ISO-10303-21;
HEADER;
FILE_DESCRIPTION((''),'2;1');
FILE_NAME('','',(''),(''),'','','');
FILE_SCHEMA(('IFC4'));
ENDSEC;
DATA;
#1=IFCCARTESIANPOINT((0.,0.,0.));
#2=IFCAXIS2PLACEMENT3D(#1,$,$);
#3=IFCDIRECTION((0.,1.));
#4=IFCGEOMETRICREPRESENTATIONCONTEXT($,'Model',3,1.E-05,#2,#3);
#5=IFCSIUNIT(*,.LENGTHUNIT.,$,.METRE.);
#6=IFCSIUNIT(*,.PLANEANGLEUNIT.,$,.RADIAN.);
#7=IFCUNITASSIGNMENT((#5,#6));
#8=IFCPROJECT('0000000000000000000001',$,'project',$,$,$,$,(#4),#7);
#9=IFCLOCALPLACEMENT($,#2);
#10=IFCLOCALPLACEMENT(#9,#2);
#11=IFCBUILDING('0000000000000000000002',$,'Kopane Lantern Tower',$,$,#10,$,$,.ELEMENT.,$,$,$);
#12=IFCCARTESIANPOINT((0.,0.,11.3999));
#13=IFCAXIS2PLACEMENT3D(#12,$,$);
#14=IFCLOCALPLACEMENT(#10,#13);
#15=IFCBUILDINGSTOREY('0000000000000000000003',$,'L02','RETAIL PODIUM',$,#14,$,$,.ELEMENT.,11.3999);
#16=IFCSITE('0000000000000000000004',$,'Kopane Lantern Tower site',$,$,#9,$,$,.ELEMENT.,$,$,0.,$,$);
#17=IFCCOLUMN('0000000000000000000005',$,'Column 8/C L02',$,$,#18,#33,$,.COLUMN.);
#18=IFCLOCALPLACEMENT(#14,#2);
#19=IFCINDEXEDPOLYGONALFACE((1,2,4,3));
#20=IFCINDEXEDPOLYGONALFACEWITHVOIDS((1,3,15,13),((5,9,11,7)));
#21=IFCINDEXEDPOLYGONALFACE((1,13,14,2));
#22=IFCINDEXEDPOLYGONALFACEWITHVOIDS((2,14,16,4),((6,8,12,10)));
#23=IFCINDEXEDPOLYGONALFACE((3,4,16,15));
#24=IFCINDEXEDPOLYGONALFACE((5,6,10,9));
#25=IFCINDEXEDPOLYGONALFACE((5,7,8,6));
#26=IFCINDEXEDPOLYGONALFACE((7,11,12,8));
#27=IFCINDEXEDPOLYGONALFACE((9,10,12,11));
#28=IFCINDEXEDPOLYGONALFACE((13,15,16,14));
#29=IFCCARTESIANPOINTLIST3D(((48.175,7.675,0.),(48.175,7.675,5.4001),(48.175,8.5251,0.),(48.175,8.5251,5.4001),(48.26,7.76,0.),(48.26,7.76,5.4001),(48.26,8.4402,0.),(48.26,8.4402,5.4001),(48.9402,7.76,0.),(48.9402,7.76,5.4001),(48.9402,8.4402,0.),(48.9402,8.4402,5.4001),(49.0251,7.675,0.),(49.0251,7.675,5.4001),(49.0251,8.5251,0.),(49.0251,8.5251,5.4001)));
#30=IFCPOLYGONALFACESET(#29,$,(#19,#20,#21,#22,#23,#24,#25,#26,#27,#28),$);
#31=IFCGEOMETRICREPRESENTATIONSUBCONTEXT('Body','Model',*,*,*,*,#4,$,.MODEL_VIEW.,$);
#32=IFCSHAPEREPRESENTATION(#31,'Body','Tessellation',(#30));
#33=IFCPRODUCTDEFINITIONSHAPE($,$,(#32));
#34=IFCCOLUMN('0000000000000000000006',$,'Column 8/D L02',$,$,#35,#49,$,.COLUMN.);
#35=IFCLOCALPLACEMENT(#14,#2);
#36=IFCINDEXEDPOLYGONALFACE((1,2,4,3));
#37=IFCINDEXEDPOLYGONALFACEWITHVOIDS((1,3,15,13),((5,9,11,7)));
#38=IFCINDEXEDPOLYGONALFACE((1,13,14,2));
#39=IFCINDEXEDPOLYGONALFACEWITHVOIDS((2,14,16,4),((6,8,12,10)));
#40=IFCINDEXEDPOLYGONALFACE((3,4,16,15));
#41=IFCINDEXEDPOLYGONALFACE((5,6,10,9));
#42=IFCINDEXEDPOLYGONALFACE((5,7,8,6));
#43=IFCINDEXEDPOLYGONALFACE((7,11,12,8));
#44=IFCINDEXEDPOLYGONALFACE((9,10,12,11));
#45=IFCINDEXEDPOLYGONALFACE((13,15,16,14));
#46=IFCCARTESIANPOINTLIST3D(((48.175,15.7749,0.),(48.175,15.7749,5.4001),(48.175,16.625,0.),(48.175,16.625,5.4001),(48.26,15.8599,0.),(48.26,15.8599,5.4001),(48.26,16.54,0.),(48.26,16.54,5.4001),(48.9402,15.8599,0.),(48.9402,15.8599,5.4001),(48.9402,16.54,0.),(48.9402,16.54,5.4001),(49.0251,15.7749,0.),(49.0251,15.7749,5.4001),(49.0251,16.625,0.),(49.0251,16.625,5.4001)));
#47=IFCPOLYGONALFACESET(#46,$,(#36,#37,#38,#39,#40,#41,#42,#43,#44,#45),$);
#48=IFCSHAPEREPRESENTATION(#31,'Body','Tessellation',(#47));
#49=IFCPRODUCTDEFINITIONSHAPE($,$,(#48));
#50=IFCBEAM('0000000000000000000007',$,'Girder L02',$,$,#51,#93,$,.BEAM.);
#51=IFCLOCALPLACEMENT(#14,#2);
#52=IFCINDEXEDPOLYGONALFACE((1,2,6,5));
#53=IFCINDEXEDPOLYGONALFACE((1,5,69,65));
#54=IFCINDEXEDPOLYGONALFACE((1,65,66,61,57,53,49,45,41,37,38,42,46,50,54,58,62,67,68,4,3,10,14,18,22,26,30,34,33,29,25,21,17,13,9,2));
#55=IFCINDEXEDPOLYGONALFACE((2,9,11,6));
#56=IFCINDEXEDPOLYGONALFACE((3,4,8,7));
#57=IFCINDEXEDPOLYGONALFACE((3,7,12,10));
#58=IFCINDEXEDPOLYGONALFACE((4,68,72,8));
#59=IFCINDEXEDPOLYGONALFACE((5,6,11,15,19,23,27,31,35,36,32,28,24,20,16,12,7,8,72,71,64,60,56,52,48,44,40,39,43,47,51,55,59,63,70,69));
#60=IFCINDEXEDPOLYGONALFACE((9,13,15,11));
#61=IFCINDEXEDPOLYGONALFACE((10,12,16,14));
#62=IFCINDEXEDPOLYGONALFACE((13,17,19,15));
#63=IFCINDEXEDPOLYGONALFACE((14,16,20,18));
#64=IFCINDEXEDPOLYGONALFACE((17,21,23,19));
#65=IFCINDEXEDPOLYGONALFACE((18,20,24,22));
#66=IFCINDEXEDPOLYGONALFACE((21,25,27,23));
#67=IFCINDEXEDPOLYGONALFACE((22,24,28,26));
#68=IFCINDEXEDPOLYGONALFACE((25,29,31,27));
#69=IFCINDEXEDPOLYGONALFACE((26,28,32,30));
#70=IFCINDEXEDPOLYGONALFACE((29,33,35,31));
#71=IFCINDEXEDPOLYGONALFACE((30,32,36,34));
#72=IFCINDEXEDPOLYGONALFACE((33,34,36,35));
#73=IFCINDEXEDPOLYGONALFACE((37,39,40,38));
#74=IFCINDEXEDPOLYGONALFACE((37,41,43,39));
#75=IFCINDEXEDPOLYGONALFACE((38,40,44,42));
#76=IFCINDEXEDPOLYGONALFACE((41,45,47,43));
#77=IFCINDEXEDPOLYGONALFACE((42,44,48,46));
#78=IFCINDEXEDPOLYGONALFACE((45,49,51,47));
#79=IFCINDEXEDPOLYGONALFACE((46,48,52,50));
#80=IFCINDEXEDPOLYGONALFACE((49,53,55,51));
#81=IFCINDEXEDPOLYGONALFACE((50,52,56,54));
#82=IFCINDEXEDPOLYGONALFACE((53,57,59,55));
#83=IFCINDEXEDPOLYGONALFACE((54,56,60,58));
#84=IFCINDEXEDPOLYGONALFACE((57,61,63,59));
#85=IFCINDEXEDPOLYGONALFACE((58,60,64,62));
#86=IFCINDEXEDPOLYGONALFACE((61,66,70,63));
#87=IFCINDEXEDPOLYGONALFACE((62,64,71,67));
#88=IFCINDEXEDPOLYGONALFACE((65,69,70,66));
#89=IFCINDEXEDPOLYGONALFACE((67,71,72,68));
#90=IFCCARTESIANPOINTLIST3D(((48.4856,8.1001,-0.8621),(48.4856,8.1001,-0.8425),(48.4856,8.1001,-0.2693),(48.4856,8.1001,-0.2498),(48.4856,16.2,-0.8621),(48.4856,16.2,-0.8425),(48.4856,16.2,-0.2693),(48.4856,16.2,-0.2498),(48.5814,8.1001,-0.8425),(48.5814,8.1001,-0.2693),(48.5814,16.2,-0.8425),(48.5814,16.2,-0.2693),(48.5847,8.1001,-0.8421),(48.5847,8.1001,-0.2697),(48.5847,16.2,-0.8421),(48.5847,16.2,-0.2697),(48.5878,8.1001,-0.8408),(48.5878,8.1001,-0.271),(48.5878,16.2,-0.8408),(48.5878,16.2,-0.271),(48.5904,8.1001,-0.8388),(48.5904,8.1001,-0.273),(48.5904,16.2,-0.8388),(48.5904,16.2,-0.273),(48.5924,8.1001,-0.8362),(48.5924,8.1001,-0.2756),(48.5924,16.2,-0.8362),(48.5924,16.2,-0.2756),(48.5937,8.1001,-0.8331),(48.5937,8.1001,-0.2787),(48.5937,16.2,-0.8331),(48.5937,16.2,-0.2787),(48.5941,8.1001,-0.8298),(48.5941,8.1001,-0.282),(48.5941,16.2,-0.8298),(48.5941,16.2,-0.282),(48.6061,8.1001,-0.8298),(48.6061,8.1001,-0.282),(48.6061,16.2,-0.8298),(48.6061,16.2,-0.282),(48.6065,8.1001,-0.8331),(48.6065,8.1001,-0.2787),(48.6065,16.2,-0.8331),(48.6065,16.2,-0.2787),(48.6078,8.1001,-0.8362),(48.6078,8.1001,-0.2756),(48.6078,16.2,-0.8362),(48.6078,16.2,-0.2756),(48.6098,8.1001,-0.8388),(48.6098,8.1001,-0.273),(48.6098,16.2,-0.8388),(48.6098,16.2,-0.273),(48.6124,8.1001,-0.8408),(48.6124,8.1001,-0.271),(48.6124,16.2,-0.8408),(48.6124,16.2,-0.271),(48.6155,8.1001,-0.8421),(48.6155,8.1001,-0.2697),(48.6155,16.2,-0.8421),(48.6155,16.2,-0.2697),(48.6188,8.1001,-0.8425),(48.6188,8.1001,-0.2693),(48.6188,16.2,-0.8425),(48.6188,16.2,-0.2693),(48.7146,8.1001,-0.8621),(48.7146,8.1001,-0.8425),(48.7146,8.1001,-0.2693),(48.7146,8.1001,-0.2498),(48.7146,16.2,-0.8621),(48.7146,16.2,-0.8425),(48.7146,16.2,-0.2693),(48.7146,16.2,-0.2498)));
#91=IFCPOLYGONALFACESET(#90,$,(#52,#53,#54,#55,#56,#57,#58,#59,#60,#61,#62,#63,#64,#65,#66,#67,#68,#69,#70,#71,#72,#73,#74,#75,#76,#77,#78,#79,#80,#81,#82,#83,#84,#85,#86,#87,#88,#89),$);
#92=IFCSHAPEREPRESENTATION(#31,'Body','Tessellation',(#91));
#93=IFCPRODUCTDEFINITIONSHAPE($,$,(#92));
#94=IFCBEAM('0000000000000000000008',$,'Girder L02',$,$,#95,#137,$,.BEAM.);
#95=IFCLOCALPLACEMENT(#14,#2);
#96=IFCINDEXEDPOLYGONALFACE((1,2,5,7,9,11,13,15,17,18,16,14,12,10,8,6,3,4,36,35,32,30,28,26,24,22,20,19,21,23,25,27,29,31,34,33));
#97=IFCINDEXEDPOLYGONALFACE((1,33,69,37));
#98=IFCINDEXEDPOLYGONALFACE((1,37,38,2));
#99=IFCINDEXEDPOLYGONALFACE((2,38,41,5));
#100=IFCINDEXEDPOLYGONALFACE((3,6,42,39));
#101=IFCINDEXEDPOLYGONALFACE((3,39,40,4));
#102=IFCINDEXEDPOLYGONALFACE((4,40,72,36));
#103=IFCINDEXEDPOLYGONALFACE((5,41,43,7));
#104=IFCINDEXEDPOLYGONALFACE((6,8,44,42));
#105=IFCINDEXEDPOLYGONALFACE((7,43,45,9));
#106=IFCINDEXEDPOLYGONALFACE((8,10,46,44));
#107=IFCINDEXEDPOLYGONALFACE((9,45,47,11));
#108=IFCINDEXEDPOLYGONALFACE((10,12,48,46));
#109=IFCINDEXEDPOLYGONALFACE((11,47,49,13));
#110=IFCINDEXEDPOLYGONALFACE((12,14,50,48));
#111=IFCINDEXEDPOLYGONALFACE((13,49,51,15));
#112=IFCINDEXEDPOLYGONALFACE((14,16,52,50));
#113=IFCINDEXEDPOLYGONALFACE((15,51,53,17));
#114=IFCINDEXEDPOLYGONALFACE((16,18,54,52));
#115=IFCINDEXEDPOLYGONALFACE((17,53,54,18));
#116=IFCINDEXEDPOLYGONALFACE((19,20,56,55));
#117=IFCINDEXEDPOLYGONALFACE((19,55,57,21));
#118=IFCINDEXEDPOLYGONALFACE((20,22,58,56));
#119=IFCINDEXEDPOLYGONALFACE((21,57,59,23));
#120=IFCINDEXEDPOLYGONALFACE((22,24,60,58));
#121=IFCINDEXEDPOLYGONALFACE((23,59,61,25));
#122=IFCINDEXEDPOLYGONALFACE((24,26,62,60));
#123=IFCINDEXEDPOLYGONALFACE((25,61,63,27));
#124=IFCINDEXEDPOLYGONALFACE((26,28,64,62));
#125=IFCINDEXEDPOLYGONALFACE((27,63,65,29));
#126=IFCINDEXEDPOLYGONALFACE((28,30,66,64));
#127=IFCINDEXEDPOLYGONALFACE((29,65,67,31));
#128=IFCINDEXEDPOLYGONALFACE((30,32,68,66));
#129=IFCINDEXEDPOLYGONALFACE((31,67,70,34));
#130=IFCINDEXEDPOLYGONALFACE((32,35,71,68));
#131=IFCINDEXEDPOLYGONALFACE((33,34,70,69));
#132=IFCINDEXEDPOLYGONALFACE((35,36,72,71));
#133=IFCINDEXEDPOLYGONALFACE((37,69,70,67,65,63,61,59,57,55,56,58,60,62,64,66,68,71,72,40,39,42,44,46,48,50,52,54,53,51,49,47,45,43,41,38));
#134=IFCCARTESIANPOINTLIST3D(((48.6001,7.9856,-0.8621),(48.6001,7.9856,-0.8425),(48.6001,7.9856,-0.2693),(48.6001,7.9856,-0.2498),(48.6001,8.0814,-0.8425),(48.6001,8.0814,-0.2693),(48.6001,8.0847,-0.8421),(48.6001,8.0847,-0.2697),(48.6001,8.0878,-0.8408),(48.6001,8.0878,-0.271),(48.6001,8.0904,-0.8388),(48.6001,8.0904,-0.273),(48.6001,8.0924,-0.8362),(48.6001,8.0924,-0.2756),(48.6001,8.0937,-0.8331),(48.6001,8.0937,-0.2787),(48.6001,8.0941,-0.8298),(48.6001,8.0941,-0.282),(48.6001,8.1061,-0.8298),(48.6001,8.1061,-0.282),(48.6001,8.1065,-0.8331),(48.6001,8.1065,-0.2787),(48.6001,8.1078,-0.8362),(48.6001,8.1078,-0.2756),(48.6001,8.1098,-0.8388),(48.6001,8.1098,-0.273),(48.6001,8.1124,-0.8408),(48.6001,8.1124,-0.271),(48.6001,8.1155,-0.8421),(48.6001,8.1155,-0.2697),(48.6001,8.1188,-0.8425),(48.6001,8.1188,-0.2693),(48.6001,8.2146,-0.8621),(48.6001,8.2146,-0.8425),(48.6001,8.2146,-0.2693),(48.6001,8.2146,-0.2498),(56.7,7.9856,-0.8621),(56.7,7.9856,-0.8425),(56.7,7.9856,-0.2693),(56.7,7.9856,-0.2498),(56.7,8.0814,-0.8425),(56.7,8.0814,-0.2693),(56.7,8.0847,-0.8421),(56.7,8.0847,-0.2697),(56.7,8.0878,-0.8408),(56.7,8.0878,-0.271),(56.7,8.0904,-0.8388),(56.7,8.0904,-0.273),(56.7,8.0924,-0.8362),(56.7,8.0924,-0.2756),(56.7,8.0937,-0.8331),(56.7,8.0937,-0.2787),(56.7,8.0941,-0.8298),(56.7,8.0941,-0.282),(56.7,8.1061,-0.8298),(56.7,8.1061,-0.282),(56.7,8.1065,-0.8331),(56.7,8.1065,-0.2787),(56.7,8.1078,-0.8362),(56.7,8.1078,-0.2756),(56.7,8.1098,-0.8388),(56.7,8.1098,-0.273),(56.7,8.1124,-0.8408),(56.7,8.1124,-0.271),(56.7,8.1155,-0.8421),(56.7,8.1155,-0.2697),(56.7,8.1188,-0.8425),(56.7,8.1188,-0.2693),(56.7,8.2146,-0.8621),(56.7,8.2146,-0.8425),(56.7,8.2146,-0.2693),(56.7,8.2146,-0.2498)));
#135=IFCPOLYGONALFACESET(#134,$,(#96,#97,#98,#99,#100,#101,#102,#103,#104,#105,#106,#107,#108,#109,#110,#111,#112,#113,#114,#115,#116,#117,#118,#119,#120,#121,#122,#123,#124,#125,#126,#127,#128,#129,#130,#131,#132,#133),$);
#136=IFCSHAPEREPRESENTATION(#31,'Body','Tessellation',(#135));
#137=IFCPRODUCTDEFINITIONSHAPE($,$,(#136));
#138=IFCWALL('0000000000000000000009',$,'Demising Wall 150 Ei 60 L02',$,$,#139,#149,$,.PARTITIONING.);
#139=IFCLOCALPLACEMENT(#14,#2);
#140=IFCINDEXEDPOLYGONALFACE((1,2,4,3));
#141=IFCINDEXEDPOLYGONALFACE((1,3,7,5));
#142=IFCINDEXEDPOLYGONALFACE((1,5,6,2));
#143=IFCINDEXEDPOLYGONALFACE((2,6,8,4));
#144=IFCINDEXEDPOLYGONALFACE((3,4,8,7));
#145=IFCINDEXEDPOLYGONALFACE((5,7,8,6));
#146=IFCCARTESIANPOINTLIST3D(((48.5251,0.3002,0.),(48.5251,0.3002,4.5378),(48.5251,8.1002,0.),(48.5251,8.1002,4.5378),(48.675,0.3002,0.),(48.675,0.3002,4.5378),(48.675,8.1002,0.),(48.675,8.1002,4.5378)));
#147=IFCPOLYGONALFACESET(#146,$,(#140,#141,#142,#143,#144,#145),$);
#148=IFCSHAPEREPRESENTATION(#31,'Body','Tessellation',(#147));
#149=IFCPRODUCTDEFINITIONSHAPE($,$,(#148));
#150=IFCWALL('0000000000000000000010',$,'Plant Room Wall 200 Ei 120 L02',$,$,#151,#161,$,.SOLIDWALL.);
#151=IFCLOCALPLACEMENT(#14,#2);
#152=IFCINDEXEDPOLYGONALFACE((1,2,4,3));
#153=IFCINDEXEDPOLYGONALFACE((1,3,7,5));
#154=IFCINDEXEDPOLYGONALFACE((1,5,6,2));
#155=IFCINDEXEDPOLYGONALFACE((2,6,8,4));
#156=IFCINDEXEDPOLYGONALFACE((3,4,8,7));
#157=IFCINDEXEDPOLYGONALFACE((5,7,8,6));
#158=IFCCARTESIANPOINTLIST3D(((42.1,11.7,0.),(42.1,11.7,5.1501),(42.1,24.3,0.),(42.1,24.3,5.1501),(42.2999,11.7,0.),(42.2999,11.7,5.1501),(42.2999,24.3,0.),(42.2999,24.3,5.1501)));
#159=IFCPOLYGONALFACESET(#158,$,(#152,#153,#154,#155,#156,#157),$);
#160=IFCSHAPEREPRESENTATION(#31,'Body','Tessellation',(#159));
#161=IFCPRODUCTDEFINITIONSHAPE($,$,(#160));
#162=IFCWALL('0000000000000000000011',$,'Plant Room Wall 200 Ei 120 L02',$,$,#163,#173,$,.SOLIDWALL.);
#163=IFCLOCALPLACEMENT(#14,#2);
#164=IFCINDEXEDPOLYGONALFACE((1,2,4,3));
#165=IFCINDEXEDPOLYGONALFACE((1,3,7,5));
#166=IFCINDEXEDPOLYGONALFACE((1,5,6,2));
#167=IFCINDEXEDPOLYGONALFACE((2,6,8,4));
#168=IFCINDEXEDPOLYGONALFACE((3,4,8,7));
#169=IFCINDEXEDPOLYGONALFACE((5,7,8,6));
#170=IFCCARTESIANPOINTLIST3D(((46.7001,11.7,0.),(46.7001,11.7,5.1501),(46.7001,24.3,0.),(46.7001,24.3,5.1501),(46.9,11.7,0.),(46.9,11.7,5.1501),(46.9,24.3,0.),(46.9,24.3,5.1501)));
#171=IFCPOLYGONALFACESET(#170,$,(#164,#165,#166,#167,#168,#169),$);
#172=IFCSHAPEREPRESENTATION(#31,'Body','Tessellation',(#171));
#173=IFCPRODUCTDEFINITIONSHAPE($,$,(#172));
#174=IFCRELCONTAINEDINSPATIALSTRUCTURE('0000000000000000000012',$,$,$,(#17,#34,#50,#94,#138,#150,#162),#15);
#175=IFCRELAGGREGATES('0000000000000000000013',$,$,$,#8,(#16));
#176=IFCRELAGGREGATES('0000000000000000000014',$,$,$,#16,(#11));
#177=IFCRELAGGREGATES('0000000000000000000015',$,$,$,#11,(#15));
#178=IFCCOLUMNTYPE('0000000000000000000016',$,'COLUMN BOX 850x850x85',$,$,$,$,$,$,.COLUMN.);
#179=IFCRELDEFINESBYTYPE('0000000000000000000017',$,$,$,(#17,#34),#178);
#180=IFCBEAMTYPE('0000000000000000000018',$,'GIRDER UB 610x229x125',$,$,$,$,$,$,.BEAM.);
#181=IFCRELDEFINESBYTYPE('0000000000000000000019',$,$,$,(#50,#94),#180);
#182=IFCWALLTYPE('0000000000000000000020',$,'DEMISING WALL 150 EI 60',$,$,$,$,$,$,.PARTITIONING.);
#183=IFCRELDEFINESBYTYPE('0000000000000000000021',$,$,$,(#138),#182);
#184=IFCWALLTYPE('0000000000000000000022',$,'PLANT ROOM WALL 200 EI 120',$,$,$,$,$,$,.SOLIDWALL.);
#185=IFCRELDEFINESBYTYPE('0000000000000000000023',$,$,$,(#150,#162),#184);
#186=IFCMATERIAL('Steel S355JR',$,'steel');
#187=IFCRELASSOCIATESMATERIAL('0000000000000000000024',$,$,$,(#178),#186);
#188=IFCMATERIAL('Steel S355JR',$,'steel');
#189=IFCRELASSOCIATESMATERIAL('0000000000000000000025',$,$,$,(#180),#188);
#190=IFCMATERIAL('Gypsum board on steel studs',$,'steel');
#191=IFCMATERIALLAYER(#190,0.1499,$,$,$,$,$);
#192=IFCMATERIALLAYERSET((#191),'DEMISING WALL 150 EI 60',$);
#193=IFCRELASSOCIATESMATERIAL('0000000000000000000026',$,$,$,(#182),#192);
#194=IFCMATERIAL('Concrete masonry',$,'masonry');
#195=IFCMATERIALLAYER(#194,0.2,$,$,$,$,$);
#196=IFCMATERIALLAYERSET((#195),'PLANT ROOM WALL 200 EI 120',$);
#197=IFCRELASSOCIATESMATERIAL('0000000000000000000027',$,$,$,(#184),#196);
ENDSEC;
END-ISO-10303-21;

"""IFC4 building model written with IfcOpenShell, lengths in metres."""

from ifc_helpers import new_model, si_unit, direction, frame, frame_2d, origin, origin_2d, place, context, subcontext, project, spatial, rectangle, hollow_rectangle, i_section, extrude, material, layer, layer_set, material_profile, profile_set, type_object, element, save


model = new_model("IFC4")

# Units and contexts
model_context = context("Model", 3, precision=1e-05, world=origin(), true_north=direction((0.0, 1.0)))
body_context = subcontext(model_context, "Body", "Model", "MODEL_VIEW")
ifc_project = project(units=[si_unit("LENGTHUNIT", "METRE"), si_unit("PLANEANGLEUNIT", "RADIAN")], contexts=[model_context])

# Site, building, storey
site_placement = place(None, origin())
site = spatial("IfcSite", under=ifc_project, at=site_placement, Name="Kopane Lantern Tower site", CompositionType="ELEMENT", RefElevation=0.0)
building_placement = place(site_placement, origin())
building = spatial("IfcBuilding", under=site, at=building_placement, Name="Kopane Lantern Tower", CompositionType="ELEMENT")
storey_placement = place(building_placement, frame((0.0, 0.0, 11.3999)))
storey = spatial("IfcBuildingStorey", under=building, at=storey_placement, Name="L02", Description="RETAIL PODIUM", CompositionType="ELEMENT", Elevation=11.3999)

# Columns
ifc_material_1 = material(Name="Steel S355JR", Category="steel")
ifc_material_profile_1 = material_profile(ifc_material_1, hollow_rectangle(XDim=0.8501, YDim=0.8501, WallThickness=0.085, at=origin_2d()), Name="BOX 850x850x85")
ifc_profile_set_1 = profile_set([ifc_material_profile_1], Name="Steel S355JR")
column_type = type_object("IfcColumnType", Name="COLUMN BOX 850x850x85", PredefinedType="COLUMN", material=ifc_profile_set_1)
for number, where, z_axis, x_axis, name in (
    (1, (48.6001, 8.1001, 0.0), (0.0, 0.0, 1.0), (1.0, 0.0, 0.0), "Column 8/C L02"),
    (2, (48.6001, 16.2, 0.0), (0.0, 0.0, 1.0), (1.0, 0.0, 0.0), "Column 8/D L02"),
):
    element("IfcColumn", number, at=place(storey_placement, frame(where, z_axis=z_axis, x_axis=x_axis)), inside=storey, type_object=column_type, Name=name, PredefinedType="COLUMN", context=body_context, shape_type="SweptSolid", body=[
        extrude(hollow_rectangle(XDim=0.8501, YDim=0.8501, WallThickness=0.085, at=origin_2d()), origin(), (0.0, 0.0, 1.0), 5.4001),
    ])

# Beams
ifc_material_2 = material(Name="Steel S355JR", Category="steel")
ifc_material_profile_2 = material_profile(ifc_material_2, i_section(OverallWidth=0.229, OverallDepth=0.6123, WebThickness=0.012, FlangeThickness=0.0195, FilletRadius=0.0127, at=origin_2d()), Name="UB 610x229x125")
ifc_profile_set_2 = profile_set([ifc_material_profile_2], Name="Steel S355JR")
beam_type = type_object("IfcBeamType", Name="GIRDER UB 610x229x125", PredefinedType="BEAM", material=ifc_profile_set_2)
for number, where, z_axis, x_axis, name in (
    (3, (48.6001, 8.1001, -0.5559), (0.0, 1.0, 0.0), (-1.0, 0.0, 0.0), "Girder L02"),
    (4, (48.6001, 8.1001, -0.5559), (1.0, 0.0, 0.0), (0.0, 1.0, 0.0), "Girder L02"),
):
    element("IfcBeam", number, at=place(storey_placement, frame(where, z_axis=z_axis, x_axis=x_axis)), inside=storey, type_object=beam_type, Name=name, PredefinedType="BEAM", context=body_context, shape_type="SweptSolid", body=[
        extrude(i_section(OverallWidth=0.229, OverallDepth=0.6123, WebThickness=0.012, FlangeThickness=0.0195, FilletRadius=0.0127, at=origin_2d()), origin(), (0.0, 0.0, 1.0), 8.0999),
    ])

# Walls
ifc_material_3 = material(Name="Gypsum board on steel studs", Category="steel")
ifc_layer_1 = layer(ifc_material_3, 0.1499)
ifc_layer_set_1 = layer_set([ifc_layer_1], Name="DEMISING WALL 150 EI 60")
wall_type_1 = type_object("IfcWallType", Name="DEMISING WALL 150 EI 60", PredefinedType="PARTITIONING", material=ifc_layer_set_1)
wall_1_placement = place(storey_placement, frame((48.6001, 8.1001, 0.0), z_axis=(0.0, 0.0, 1.0), x_axis=(0.0, -1.0, 0.0)))
element("IfcWall", 5, at=wall_1_placement, inside=storey, type_object=wall_type_1, Name="Demising Wall 150 Ei 60 L02", PredefinedType="PARTITIONING", context=body_context, shape_type="SweptSolid", body=[
    extrude(rectangle(XDim=7.8, YDim=0.1499, at=frame_2d((3.8999, 0.0))), origin(), (0.0, 0.0, 1.0), 4.5378),
])
ifc_material_4 = material(Name="Concrete masonry", Category="masonry")
ifc_layer_2 = layer(ifc_material_4, 0.2)
ifc_layer_set_2 = layer_set([ifc_layer_2], Name="PLANT ROOM WALL 200 EI 120")
wall_type_2 = type_object("IfcWallType", Name="PLANT ROOM WALL 200 EI 120", PredefinedType="SOLIDWALL", material=ifc_layer_set_2)
for number, where, z_axis, x_axis, name in (
    (6, (42.2, 11.7, 0.0), (0.0, 0.0, 1.0), (0.0, 1.0, 0.0), "Plant Room Wall 200 Ei 120 L02"),
    (7, (46.8, 11.7, 0.0), (0.0, 0.0, 1.0), (0.0, 1.0, 0.0), "Plant Room Wall 200 Ei 120 L02"),
):
    element("IfcWall", number, at=place(storey_placement, frame(where, z_axis=z_axis, x_axis=x_axis)), inside=storey, type_object=wall_type_2, Name=name, PredefinedType="SOLIDWALL", context=body_context, shape_type="SweptSolid", body=[
        extrude(rectangle(XDim=12.6001, YDim=0.2, at=frame_2d((6.3, 0.0))), origin(), (0.0, 0.0, 1.0), 5.1501),
    ])

save(model, "model.ifc")
